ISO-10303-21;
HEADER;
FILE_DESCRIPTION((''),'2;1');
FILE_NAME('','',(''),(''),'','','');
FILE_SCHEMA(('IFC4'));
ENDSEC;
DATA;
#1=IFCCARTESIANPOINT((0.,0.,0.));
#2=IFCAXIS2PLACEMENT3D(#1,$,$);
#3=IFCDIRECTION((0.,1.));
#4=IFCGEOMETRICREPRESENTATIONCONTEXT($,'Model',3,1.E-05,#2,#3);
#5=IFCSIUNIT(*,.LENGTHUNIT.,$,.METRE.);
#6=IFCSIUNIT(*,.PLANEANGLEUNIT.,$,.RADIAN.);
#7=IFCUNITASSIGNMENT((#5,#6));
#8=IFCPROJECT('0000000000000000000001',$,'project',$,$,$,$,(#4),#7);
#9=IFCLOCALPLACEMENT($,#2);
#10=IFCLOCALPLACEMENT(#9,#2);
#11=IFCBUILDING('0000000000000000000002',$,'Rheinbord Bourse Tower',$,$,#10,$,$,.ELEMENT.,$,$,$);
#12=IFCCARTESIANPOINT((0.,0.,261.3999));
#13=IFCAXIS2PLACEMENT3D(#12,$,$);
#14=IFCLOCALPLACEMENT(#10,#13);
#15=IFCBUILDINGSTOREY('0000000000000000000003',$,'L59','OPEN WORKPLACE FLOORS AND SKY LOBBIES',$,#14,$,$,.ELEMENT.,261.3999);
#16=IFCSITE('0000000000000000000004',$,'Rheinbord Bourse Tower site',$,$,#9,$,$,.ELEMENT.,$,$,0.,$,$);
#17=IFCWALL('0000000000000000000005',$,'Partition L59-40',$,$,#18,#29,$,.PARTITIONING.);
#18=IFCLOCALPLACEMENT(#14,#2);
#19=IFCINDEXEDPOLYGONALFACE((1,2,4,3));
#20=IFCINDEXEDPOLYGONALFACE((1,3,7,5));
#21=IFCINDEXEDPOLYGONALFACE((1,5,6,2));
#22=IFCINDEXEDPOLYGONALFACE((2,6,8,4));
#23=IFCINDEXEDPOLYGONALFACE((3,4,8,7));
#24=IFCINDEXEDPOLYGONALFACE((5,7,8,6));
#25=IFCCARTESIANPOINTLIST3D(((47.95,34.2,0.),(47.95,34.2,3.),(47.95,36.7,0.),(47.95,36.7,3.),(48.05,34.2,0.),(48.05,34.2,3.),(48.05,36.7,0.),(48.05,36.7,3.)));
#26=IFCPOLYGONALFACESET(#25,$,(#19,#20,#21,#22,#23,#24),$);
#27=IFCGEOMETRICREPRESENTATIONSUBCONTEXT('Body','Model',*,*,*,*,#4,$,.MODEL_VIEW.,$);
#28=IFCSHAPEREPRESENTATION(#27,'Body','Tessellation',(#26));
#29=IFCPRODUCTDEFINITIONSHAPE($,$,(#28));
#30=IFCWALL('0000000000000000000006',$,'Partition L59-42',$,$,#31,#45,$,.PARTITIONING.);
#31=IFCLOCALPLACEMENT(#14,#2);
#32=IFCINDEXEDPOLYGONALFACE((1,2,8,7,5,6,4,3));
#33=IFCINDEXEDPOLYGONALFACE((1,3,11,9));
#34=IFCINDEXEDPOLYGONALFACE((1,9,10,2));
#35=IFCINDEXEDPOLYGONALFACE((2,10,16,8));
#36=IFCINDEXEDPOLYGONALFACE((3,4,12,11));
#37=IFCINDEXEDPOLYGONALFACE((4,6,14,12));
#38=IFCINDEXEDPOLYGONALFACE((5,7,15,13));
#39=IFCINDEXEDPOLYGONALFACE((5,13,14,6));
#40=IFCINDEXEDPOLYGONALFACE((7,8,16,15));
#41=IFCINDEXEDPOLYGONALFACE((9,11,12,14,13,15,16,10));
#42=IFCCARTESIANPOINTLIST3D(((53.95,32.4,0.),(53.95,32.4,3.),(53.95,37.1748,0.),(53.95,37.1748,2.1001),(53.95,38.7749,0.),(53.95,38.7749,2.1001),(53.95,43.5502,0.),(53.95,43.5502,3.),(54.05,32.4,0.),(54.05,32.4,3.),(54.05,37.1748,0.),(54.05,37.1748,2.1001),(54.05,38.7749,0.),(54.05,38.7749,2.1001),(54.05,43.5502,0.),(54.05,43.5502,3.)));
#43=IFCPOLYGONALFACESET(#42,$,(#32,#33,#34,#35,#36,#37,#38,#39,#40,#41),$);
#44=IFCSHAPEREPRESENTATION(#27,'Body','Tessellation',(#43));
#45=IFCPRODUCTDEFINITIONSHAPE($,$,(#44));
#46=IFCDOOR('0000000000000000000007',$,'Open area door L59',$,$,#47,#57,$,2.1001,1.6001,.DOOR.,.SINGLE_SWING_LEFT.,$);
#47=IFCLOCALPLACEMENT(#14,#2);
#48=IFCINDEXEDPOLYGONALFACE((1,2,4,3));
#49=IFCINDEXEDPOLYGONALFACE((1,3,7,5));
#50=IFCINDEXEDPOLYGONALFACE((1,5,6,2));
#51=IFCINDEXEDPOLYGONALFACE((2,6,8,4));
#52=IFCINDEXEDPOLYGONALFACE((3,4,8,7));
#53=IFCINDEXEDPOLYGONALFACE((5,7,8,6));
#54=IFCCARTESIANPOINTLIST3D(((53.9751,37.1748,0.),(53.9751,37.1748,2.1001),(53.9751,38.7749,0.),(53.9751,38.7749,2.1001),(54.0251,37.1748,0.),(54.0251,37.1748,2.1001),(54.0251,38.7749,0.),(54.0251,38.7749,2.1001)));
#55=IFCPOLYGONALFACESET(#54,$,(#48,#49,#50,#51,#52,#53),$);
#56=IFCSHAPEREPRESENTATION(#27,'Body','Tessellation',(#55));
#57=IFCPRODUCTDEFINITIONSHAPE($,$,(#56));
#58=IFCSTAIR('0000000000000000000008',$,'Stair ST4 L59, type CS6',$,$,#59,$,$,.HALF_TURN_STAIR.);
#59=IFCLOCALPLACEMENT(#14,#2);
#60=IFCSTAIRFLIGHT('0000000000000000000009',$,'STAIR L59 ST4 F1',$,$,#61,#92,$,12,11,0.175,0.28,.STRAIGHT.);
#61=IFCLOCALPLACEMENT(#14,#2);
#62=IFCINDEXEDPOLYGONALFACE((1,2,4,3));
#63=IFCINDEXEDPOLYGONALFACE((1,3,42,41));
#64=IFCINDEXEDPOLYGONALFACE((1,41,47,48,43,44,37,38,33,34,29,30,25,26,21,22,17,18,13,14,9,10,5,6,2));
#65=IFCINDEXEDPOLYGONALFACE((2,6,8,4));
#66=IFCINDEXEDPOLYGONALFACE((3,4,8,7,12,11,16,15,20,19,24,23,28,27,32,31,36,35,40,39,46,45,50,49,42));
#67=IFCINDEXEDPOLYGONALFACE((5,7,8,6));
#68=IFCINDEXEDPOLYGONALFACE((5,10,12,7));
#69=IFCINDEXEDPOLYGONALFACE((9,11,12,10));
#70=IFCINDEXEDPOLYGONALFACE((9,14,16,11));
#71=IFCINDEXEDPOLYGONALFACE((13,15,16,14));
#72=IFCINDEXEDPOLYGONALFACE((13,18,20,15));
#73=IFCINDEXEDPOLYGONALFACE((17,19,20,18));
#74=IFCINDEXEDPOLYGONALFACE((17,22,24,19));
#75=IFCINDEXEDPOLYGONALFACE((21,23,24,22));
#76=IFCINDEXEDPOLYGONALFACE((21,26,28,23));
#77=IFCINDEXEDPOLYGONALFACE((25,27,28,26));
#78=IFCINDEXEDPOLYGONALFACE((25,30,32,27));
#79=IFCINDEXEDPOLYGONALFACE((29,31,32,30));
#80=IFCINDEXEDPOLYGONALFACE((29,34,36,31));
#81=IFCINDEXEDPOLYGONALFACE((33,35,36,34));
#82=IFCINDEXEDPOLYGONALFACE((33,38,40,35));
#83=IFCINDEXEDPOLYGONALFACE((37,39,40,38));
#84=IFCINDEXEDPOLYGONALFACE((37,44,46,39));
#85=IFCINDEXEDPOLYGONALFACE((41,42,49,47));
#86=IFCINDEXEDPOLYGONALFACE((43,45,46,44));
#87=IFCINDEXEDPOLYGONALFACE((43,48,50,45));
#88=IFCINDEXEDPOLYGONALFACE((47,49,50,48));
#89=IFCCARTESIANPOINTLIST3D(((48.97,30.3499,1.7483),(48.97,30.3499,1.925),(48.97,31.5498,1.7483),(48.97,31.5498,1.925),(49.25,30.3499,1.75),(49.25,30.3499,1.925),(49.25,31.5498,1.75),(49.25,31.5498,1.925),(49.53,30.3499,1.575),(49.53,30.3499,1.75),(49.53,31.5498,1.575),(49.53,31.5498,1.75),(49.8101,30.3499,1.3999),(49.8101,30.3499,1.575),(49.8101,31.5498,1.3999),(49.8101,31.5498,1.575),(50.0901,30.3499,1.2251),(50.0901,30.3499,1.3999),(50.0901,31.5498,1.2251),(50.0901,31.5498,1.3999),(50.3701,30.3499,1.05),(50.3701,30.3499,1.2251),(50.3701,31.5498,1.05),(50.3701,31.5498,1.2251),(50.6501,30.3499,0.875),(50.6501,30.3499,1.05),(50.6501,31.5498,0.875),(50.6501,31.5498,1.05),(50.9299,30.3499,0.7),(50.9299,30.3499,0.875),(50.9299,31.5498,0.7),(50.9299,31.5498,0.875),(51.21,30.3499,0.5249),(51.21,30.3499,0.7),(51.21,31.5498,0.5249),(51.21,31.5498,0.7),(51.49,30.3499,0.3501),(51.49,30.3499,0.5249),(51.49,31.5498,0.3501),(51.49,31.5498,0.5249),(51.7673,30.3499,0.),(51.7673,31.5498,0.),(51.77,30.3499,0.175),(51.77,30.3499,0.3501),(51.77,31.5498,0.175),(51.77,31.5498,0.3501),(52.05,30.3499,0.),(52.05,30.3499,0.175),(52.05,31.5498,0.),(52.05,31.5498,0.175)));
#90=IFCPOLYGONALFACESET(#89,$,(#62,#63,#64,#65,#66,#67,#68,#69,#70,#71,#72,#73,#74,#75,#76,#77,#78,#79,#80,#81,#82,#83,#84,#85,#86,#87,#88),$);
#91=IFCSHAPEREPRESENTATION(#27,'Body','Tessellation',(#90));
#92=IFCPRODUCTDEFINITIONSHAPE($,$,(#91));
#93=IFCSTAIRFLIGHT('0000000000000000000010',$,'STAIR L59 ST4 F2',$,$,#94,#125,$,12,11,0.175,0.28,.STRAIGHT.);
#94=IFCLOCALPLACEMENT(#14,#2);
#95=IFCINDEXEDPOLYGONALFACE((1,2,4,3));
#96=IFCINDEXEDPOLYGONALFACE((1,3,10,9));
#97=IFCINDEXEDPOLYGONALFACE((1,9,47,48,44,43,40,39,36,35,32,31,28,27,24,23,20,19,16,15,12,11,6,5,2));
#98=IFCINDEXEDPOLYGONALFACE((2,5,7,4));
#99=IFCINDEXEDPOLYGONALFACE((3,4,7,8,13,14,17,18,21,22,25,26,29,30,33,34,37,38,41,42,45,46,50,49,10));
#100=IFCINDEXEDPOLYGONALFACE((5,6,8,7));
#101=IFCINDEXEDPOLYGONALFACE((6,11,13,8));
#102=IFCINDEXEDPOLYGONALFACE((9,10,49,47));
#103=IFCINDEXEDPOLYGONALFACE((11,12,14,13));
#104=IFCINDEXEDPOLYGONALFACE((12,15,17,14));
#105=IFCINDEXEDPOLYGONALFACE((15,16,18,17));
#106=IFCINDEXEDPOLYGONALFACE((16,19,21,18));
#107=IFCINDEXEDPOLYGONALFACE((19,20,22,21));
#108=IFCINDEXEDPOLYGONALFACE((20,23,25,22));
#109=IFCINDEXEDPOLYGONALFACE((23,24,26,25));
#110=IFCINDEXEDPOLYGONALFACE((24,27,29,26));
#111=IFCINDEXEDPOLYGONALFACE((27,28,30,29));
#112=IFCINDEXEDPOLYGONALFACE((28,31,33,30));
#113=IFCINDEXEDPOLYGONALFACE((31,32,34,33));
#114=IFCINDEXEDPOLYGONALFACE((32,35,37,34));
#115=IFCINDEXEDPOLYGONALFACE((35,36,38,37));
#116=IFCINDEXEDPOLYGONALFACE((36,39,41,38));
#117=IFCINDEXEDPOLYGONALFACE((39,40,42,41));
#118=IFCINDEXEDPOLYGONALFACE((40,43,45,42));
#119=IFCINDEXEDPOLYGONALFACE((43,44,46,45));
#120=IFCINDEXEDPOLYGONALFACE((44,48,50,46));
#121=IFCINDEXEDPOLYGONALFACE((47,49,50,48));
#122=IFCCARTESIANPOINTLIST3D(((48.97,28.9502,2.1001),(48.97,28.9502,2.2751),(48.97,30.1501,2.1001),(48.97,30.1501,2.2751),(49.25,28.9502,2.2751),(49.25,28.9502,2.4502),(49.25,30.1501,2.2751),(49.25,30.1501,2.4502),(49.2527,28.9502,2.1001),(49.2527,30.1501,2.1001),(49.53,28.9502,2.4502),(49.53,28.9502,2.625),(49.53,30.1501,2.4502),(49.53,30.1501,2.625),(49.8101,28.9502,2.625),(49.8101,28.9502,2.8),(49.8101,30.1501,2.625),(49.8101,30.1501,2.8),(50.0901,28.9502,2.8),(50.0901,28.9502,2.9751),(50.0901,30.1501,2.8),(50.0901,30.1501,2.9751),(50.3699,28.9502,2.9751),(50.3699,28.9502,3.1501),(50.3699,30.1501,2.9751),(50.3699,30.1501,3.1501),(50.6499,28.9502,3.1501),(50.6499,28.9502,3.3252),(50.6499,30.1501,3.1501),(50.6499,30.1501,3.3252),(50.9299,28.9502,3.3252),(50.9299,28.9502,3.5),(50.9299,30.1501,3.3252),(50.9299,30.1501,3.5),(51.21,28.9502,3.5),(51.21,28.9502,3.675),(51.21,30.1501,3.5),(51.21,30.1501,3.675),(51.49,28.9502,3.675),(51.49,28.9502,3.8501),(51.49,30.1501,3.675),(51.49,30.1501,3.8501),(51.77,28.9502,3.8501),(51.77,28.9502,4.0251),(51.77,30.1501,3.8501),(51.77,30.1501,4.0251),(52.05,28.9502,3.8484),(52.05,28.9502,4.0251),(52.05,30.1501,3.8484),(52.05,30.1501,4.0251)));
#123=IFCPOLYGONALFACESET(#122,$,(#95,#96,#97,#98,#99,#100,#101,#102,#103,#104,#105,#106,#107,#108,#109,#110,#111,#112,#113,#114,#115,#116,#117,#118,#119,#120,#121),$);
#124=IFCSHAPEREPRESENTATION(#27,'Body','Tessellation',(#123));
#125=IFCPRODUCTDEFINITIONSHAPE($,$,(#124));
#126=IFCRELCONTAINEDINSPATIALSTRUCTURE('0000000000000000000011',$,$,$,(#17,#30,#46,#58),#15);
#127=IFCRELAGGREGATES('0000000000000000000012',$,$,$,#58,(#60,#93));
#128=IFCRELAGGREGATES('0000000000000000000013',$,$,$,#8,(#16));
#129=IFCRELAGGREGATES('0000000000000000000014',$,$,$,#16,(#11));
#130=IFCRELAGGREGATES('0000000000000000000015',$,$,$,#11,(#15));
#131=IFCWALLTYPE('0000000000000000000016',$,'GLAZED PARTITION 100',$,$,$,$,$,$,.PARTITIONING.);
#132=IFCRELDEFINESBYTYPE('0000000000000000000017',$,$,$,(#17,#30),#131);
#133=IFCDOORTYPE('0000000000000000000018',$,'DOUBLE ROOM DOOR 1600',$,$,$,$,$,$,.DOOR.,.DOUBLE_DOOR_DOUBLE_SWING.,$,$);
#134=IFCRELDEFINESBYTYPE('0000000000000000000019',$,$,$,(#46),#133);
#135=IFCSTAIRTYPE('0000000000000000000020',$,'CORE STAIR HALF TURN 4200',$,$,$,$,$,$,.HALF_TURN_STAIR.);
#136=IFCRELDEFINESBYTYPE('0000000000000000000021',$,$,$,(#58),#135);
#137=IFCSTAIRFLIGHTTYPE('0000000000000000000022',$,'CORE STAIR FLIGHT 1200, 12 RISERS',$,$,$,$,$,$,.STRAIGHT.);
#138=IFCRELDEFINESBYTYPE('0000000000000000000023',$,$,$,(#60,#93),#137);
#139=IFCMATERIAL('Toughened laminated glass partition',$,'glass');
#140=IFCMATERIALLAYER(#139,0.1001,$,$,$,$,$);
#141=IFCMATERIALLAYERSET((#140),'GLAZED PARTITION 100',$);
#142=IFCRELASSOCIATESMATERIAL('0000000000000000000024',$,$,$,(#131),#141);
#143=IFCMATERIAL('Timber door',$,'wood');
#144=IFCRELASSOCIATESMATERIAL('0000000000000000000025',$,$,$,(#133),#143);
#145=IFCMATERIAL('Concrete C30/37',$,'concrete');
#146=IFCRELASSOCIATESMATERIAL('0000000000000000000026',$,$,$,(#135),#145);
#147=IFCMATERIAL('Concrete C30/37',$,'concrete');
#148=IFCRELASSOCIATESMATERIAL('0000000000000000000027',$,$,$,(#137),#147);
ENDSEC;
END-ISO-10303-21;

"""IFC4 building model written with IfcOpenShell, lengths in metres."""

from ifc_helpers import new_model, si_unit, direction, frame, frame_2d, origin, place, context, subcontext, project, spatial, polyline, rectangle, outline, extrude, material, layer, layer_set, type_object, element, fill, aggregate, save


model = new_model("IFC4")

# Units and contexts
model_context = context("Model", 3, precision=1e-05, world=origin(), true_north=direction((0.0, 1.0)))
body_context = subcontext(model_context, "Body", "Model", "MODEL_VIEW")
ifc_project = project(units=[si_unit("LENGTHUNIT", "METRE"), si_unit("PLANEANGLEUNIT", "RADIAN")], contexts=[model_context])

# Site, building, storey
site_placement = place(None, origin())
site = spatial("IfcSite", under=ifc_project, at=site_placement, Name="Rheinbord Bourse Tower site", CompositionType="ELEMENT", RefElevation=0.0)
building_placement = place(site_placement, origin())
building = spatial("IfcBuilding", under=site, at=building_placement, Name="Rheinbord Bourse Tower", CompositionType="ELEMENT")
storey_placement = place(building_placement, frame((0.0, 0.0, 261.3999)))
storey = spatial("IfcBuildingStorey", under=building, at=storey_placement, Name="L59", Description="OPEN WORKPLACE FLOORS AND SKY LOBBIES", CompositionType="ELEMENT", Elevation=261.3999)

# Wall
ifc_material_1 = material(Name="Toughened laminated glass partition", Category="glass")
ifc_layer_1 = layer(ifc_material_1, 0.1001)
ifc_layer_set_1 = layer_set([ifc_layer_1], Name="GLAZED PARTITION 100")
wall_type_1 = type_object("IfcWallType", Name="GLAZED PARTITION 100", PredefinedType="PARTITIONING", material=ifc_layer_set_1)
wall_1_placement = place(storey_placement, frame((48.0, 34.2, 0.0), z_axis=(0.0, 0.0, 1.0), x_axis=(0.0, 1.0, 0.0)))
element("IfcWall", 1, at=wall_1_placement, inside=storey, type_object=wall_type_1, Name="Partition L59-40", PredefinedType="PARTITIONING", context=body_context, shape_type="SweptSolid", body=[
    extrude(rectangle(XDim=2.5, YDim=0.1001, at=frame_2d((1.25, 0.0))), origin(), (0.0, 0.0, 1.0), 3.0),
])

# Wall, opening, door
wall_2_placement = place(storey_placement, frame((54.0, 32.3999, 0.0), z_axis=(0.0, 0.0, 1.0), x_axis=(0.0, 1.0, 0.0)))
wall_2 = element("IfcWall", 2, at=wall_2_placement, inside=storey, type_object=wall_type_1, Name="Partition L59-42", PredefinedType="PARTITIONING", context=body_context, shape_type="SweptSolid", body=[
    extrude(rectangle(XDim=11.1501, YDim=0.1001, at=frame_2d((5.5752, 0.0))), origin(), (0.0, 0.0, 1.0), 3.0),
])
opening_1_placement = place(wall_2_placement, frame((4.7749, 0.0, 0.0)))
opening_1 = element("IfcOpeningElement", 3, at=opening_1_placement, cuts=wall_2, PredefinedType="OPENING", context=body_context, shape_type="SweptSolid", body=[
    extrude(rectangle(XDim=1.6001, YDim=2.1001, at=frame_2d((0.8, 1.05))), frame((0.0, 0.0601, 0.0), z_axis=(0.0, -1.0, 0.0), x_axis=(1.0, 0.0, 0.0)), (0.0, 0.0, 1.0), 0.1201),
])
ifc_material_2 = material(Name="Timber door", Category="wood")
door_type_1 = type_object("IfcDoorType", Name="DOUBLE ROOM DOOR 1600", OperationType="DOUBLE_DOOR_DOUBLE_SWING", PredefinedType="DOOR", material=ifc_material_2)
door_1_placement = place(opening_1_placement, origin())
door_1 = element("IfcDoor", 4, at=door_1_placement, inside=storey, type_object=door_type_1, Name="Open area door L59", OperationType="SINGLE_SWING_LEFT", OverallHeight=2.1001, OverallWidth=1.6001, PredefinedType="DOOR", context=body_context, shape_type="SweptSolid", body=[
    extrude(rectangle(XDim=1.6001, YDim=2.1001, at=frame_2d((0.8, 1.05))), frame((0.0, 0.0249, 0.0), z_axis=(0.0, -1.0, 0.0), x_axis=(1.0, 0.0, 0.0)), (0.0, 0.0, 1.0), 0.05),
])
fill(opening_1, door_1)

# Stair, stair flights
ifc_material_3 = material(Name="Concrete C30/37", Category="concrete")
stair_type = type_object("IfcStairType", Name="CORE STAIR HALF TURN 4200", PredefinedType="HALF_TURN_STAIR", material=ifc_material_3)
stair_placement = place(storey_placement, origin())
stair = element("IfcStair", 5, at=stair_placement, inside=storey, type_object=stair_type, Name="Stair ST4 L59, type CS6", PredefinedType="HALF_TURN_STAIR")
ifc_material_4 = material(Name="Concrete C30/37", Category="concrete")
stair_flight_type = type_object("IfcStairFlightType", Name="CORE STAIR FLIGHT 1200, 12 RISERS", PredefinedType="STRAIGHT", material=ifc_material_4)
stair_flight_1_placement = place(storey_placement, frame((52.05, 30.95, 0.0), z_axis=(0.0, 0.0, 1.0), x_axis=(-1.0, 0.0, 0.0)))
stair_flight_1 = element("IfcStairFlight", 6, at=stair_flight_1_placement, type_object=stair_flight_type, Name="STAIR L59 ST4 F1", NumberOfRisers=12, NumberOfTreads=11, PredefinedType="STRAIGHT", RiserHeight=0.175, TreadLength=0.28, context=body_context, shape_type="SweptSolid", body=[
    extrude(outline(polyline([(0.0, 0.0), (0.0, 0.175), (0.28, 0.175), (0.28, 0.3501), (0.5601, 0.3501), (0.5601, 0.5249), (0.8401, 0.5249), (0.8401, 0.7), (1.1201, 0.7), (1.1201, 0.875), (1.3999, 0.875), (1.3999, 1.05), (1.6799, 1.05), (1.6799, 1.2251), (1.96, 1.2251), (1.96, 1.3999), (2.24, 1.3999), (2.24, 1.575), (2.52, 1.575), (2.52, 1.75), (2.8, 1.75), (2.8, 1.925), (3.0801, 1.925), (3.0801, 2.1001), (3.0801, 1.7483), (0.2827, 0.0), (0.0, 0.0)])), frame((0.0, 0.6001, 0.0), z_axis=(0.0, -1.0, 0.0), x_axis=(1.0, 0.0, 0.0)), (0.0, 0.0, 1.0), 1.2),
])
stair_flight_2_placement = place(storey_placement, frame((48.97, 29.55, 2.1001), z_axis=(0.0, 0.0, 1.0), x_axis=(1.0, 0.0, 0.0)))
stair_flight_2 = element("IfcStairFlight", 7, at=stair_flight_2_placement, type_object=stair_flight_type, Name="STAIR L59 ST4 F2", NumberOfRisers=12, NumberOfTreads=11, PredefinedType="STRAIGHT", RiserHeight=0.175, TreadLength=0.28, context=body_context, shape_type="SweptSolid", body=[
    extrude(outline(polyline([(0.0, 0.0), (0.0, 0.175), (0.28, 0.175), (0.28, 0.3501), (0.5601, 0.3501), (0.5601, 0.5249), (0.8401, 0.5249), (0.8401, 0.7), (1.1201, 0.7), (1.1201, 0.875), (1.3999, 0.875), (1.3999, 1.05), (1.6799, 1.05), (1.6799, 1.2251), (1.96, 1.2251), (1.96, 1.3999), (2.24, 1.3999), (2.24, 1.575), (2.52, 1.575), (2.52, 1.75), (2.8, 1.75), (2.8, 1.925), (3.0801, 1.925), (3.0801, 2.1001), (3.0801, 1.7483), (0.2827, 0.0), (0.0, 0.0)])), frame((0.0, 0.6001, 0.0), z_axis=(0.0, -1.0, 0.0), x_axis=(1.0, 0.0, 0.0)), (0.0, 0.0, 1.0), 1.2),
])
aggregate(stair, [stair_flight_1, stair_flight_2])

save(model, "model.ifc")
